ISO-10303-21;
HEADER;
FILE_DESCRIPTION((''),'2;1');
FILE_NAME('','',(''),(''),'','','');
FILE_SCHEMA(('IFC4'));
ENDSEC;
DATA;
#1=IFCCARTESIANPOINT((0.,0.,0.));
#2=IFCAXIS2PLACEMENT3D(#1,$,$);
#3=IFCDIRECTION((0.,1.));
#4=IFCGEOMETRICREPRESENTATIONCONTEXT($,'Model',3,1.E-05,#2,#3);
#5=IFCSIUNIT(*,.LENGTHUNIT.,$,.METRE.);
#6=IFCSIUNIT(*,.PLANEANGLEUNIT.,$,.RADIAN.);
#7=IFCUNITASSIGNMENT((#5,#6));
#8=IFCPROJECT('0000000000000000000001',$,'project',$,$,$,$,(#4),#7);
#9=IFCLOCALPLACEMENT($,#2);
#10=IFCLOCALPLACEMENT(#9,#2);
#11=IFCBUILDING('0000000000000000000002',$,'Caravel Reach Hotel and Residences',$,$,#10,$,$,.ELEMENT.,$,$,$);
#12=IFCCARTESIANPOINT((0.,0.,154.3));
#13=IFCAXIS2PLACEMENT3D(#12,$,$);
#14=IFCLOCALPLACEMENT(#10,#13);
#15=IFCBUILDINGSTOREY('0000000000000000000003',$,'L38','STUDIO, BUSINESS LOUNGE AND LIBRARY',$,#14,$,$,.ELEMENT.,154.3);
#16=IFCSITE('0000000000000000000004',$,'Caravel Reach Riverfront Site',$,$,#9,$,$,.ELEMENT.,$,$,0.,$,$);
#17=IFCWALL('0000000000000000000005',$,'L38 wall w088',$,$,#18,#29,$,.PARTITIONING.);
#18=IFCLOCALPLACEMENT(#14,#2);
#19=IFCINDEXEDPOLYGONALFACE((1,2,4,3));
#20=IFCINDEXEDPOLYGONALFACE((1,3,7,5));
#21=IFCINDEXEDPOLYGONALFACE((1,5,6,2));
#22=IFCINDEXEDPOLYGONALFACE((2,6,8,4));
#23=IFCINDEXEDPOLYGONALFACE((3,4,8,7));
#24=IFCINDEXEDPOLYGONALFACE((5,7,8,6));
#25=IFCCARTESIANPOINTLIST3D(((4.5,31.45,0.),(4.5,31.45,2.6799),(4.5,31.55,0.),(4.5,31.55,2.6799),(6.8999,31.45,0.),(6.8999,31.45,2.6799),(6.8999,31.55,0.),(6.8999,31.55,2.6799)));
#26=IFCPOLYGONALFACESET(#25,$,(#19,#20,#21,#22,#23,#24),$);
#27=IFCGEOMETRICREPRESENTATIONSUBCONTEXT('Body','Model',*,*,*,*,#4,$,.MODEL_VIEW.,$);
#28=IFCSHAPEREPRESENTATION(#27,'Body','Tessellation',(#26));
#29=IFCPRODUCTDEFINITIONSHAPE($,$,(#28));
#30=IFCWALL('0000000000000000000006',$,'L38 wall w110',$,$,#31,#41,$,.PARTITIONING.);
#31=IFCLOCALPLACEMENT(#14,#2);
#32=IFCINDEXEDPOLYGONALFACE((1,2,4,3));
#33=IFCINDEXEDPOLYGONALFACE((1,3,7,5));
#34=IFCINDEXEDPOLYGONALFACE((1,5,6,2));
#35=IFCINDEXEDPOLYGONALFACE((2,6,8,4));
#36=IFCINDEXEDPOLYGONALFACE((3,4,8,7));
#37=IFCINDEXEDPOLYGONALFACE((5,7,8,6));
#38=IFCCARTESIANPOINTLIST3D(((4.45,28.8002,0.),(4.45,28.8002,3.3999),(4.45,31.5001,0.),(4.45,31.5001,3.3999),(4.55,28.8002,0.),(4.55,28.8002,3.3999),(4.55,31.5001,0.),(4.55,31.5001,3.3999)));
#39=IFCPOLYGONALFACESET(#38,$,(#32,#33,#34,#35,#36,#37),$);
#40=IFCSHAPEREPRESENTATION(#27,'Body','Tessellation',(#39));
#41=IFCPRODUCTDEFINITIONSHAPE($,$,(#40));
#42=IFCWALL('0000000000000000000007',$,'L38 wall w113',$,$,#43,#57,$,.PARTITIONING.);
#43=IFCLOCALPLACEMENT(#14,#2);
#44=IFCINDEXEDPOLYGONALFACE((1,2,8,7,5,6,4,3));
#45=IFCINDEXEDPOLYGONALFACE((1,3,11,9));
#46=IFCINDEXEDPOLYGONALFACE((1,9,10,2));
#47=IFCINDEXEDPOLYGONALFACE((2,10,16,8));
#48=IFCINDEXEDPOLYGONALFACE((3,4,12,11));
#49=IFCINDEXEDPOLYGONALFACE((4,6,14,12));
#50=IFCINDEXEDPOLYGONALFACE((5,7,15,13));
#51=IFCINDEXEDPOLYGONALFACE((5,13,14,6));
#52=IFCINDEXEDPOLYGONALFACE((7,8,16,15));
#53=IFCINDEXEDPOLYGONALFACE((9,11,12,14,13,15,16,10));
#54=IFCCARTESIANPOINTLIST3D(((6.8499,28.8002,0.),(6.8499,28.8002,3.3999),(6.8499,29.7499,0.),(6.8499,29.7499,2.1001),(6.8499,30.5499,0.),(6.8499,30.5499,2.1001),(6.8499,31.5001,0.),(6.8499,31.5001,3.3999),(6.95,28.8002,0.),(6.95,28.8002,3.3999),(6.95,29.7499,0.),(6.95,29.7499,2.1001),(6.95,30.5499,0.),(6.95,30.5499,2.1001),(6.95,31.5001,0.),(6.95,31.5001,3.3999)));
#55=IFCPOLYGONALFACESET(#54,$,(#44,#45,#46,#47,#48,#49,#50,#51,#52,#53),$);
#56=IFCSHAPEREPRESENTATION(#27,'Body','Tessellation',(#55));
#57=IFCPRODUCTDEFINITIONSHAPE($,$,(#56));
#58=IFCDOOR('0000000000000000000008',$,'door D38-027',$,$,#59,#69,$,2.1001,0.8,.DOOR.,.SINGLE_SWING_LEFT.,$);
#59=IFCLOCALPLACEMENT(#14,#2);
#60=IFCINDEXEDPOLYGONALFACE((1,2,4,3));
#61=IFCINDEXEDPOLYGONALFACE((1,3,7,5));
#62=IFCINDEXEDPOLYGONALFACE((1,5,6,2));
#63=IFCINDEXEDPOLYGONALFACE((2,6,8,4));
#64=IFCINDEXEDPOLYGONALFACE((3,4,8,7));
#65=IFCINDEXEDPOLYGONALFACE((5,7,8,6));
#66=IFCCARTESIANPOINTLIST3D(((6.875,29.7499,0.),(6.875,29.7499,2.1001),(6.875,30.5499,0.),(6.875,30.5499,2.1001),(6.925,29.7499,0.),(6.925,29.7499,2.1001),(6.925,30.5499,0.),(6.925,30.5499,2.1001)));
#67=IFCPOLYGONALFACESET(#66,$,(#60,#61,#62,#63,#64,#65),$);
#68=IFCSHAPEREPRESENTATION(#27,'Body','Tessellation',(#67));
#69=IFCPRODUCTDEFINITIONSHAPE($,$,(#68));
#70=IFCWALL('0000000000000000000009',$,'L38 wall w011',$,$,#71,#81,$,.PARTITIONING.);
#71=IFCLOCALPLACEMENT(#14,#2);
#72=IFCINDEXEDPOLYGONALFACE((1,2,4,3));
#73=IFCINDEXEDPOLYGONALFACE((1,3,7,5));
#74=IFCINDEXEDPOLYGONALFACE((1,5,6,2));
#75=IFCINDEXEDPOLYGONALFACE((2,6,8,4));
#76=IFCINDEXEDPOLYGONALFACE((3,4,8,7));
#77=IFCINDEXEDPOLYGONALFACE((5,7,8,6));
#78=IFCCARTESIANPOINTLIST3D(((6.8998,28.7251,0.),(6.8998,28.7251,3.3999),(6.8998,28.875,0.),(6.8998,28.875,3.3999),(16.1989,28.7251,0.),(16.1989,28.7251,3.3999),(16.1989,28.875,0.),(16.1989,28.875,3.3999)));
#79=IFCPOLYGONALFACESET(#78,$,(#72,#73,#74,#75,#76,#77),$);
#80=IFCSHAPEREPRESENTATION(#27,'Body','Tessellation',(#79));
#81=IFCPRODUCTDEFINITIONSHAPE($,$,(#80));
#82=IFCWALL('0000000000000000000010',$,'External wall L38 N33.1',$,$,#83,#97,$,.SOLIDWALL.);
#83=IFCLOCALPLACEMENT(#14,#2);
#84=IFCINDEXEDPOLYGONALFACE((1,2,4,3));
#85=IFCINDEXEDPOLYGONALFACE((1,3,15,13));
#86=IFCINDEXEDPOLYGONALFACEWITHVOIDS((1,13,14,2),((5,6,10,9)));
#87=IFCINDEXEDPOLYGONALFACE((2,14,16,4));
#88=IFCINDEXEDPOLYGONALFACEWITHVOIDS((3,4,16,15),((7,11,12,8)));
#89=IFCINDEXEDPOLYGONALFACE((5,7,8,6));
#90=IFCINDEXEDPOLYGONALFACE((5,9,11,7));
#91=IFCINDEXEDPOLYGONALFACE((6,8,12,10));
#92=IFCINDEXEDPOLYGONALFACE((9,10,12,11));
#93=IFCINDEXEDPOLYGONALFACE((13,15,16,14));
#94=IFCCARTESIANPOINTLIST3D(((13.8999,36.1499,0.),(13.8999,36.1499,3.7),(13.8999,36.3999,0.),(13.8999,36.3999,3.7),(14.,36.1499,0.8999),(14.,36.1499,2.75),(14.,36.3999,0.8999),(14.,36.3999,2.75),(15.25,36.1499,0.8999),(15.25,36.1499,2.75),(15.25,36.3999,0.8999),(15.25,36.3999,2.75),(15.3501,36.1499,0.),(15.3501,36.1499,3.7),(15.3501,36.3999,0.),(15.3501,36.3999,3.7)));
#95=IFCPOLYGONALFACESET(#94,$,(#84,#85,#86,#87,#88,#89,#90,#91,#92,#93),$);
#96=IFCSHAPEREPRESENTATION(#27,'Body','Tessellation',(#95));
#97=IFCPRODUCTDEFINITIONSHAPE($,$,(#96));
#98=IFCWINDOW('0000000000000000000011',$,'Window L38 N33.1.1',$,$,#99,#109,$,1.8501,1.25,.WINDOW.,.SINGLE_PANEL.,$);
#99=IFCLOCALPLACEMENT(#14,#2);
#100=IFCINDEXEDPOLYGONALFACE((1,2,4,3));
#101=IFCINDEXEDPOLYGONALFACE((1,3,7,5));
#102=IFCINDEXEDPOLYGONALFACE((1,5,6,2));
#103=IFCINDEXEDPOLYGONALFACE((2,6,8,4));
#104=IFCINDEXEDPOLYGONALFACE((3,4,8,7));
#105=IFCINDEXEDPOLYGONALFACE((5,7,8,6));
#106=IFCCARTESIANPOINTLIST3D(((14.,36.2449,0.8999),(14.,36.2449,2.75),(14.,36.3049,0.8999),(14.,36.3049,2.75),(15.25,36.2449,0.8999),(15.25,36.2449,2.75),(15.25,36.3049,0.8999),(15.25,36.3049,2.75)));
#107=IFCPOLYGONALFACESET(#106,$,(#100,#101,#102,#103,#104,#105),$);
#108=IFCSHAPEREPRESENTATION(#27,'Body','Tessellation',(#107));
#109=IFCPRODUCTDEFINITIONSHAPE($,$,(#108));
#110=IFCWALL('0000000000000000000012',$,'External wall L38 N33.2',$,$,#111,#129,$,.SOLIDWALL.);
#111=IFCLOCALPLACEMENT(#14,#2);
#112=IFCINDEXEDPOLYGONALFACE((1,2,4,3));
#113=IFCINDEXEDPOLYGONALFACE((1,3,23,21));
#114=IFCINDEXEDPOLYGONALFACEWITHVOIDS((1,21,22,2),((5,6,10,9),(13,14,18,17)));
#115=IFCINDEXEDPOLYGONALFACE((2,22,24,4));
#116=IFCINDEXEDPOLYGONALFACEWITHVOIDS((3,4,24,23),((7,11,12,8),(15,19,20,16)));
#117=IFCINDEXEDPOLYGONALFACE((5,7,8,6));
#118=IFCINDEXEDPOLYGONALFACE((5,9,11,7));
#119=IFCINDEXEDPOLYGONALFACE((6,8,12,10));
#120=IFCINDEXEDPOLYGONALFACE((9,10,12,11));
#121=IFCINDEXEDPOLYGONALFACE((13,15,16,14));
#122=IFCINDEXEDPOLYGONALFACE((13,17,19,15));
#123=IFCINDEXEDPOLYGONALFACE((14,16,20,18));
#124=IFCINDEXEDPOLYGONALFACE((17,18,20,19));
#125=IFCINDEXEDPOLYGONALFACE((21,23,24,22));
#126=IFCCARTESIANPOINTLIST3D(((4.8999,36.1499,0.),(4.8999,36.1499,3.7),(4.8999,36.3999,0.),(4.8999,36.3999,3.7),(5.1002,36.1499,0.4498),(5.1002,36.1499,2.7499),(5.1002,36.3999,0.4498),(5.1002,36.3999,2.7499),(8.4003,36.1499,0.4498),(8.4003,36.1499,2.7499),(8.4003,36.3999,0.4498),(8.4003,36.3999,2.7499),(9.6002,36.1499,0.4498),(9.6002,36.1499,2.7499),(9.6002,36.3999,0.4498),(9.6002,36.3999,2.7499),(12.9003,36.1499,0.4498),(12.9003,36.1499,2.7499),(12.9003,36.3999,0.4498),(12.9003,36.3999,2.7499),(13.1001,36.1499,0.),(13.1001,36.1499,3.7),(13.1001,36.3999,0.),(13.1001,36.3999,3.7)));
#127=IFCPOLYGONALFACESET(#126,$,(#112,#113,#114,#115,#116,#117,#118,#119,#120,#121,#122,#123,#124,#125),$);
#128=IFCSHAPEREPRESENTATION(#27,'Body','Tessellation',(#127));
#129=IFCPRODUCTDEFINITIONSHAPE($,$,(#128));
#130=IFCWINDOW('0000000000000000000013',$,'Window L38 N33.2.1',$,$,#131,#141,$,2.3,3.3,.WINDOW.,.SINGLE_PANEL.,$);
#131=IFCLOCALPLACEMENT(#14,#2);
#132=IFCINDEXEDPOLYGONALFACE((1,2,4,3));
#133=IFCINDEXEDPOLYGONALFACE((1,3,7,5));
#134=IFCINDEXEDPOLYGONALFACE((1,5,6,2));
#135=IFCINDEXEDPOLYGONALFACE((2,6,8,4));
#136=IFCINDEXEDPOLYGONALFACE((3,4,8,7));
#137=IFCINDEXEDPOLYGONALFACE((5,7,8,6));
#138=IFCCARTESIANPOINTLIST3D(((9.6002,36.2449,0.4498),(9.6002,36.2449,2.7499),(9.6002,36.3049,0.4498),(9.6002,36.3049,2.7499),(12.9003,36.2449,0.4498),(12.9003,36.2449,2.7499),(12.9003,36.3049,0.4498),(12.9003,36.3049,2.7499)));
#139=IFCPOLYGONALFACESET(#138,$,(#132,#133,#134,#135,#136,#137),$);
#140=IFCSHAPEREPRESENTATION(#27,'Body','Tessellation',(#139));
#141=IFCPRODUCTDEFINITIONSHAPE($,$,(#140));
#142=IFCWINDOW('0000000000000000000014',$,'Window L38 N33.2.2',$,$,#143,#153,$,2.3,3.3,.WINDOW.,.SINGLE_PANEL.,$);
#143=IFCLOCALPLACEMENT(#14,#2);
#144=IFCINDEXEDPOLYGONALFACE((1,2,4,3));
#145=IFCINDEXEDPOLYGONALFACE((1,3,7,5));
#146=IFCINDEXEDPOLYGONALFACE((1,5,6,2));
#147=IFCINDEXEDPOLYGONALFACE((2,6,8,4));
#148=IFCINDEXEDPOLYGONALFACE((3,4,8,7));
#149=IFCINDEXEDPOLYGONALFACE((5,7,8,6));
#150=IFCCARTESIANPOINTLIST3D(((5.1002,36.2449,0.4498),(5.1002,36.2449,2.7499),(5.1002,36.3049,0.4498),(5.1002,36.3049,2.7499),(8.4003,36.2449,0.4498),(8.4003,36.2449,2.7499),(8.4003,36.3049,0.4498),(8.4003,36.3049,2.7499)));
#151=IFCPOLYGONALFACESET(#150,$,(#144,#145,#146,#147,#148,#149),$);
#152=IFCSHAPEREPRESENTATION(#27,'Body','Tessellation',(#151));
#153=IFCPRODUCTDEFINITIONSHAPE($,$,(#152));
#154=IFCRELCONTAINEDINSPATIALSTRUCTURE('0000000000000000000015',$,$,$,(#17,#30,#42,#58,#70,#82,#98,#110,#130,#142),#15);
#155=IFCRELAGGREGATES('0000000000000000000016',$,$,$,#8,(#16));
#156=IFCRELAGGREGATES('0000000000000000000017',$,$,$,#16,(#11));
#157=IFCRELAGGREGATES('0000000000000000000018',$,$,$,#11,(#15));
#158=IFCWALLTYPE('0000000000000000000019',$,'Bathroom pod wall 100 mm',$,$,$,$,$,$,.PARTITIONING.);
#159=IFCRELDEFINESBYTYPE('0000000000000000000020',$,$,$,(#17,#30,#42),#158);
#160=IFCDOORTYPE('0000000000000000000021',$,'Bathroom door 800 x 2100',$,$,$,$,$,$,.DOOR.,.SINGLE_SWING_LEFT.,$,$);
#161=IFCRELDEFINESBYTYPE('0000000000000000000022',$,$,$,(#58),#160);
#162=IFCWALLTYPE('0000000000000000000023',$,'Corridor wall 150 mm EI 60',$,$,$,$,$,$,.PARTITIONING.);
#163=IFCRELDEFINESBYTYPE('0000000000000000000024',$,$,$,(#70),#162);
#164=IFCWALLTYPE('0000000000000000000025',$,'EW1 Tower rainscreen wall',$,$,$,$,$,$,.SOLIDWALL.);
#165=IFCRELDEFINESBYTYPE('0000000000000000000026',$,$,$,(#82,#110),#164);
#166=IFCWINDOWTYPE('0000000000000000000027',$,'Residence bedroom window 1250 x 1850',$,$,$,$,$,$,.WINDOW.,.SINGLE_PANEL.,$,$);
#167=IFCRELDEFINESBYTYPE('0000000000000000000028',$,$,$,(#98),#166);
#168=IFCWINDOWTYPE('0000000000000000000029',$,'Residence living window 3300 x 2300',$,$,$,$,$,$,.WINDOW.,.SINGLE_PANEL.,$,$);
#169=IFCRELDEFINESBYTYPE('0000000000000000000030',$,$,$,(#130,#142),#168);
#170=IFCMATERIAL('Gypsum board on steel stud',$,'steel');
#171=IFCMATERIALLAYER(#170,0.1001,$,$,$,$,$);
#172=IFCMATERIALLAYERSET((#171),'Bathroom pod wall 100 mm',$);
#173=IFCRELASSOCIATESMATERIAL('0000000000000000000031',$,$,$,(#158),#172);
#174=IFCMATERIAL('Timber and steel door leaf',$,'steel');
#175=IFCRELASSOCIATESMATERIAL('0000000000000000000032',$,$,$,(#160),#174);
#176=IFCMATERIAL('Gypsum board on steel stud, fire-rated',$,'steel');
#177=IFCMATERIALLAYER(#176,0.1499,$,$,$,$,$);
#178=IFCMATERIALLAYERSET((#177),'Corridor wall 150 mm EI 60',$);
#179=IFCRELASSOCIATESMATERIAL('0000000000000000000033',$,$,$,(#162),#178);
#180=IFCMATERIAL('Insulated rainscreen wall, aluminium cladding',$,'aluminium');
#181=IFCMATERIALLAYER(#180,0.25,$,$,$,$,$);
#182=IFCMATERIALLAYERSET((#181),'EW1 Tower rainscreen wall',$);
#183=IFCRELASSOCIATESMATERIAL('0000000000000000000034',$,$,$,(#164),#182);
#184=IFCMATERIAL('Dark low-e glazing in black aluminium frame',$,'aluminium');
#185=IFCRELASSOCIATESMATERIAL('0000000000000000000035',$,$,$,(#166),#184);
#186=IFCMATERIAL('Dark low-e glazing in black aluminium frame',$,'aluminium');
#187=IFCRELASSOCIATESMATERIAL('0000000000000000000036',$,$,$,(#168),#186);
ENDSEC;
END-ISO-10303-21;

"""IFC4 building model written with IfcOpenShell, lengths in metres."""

from ifc_helpers import new_model, si_unit, direction, frame, frame_2d, origin, place, context, subcontext, project, spatial, rectangle, extrude, material, layer, layer_set, type_object, element, fill, save


model = new_model("IFC4")

# Units and contexts
model_context = context("Model", 3, precision=1e-05, world=origin(), true_north=direction((0.0, 1.0)))
body_context = subcontext(model_context, "Body", "Model", "MODEL_VIEW")
ifc_project = project(units=[si_unit("LENGTHUNIT", "METRE"), si_unit("PLANEANGLEUNIT", "RADIAN")], contexts=[model_context])

# Site, building, storey
site_placement = place(None, origin())
site = spatial("IfcSite", under=ifc_project, at=site_placement, Name="Caravel Reach Riverfront Site", CompositionType="ELEMENT", RefElevation=0.0)
building_placement = place(site_placement, origin())
building = spatial("IfcBuilding", under=site, at=building_placement, Name="Caravel Reach Hotel and Residences", CompositionType="ELEMENT")
storey_placement = place(building_placement, frame((0.0, 0.0, 154.3)))
storey = spatial("IfcBuildingStorey", under=building, at=storey_placement, Name="L38", Description="STUDIO, BUSINESS LOUNGE AND LIBRARY", CompositionType="ELEMENT", Elevation=154.3)

# Walls
ifc_material_1 = material(Name="Gypsum board on steel stud", Category="steel")
ifc_layer_1 = layer(ifc_material_1, 0.1001)
ifc_layer_set_1 = layer_set([ifc_layer_1], Name="Bathroom pod wall 100 mm")
wall_type_1 = type_object("IfcWallType", Name="Bathroom pod wall 100 mm", PredefinedType="PARTITIONING", material=ifc_layer_set_1)
wall_1_placement = place(storey_placement, frame((4.5, 31.5, 0.0), z_axis=(0.0, 0.0, 1.0), x_axis=(1.0, 0.0, 0.0)))
element("IfcWall", 1, at=wall_1_placement, inside=storey, type_object=wall_type_1, Name="L38 wall w088", PredefinedType="PARTITIONING", context=body_context, shape_type="SweptSolid", body=[
    extrude(rectangle(XDim=2.3999, YDim=0.1001, at=frame_2d((1.2, 0.0))), origin(), (0.0, 0.0, 1.0), 2.6799),
])
wall_2_placement = place(storey_placement, frame((4.5, 28.8, 0.0), z_axis=(0.0, 0.0, 1.0), x_axis=(0.0, 1.0, 0.0)))
element("IfcWall", 2, at=wall_2_placement, inside=storey, type_object=wall_type_1, Name="L38 wall w110", PredefinedType="PARTITIONING", context=body_context, shape_type="SweptSolid", body=[
    extrude(rectangle(XDim=2.7, YDim=0.1001, at=frame_2d((1.3501, 0.0))), origin(), (0.0, 0.0, 1.0), 3.3999),
])

# Wall, opening, door
wall_3_placement = place(storey_placement, frame((6.8999, 28.8, 0.0), z_axis=(0.0, 0.0, 1.0), x_axis=(0.0, 1.0, 0.0)))
wall_3 = element("IfcWall", 3, at=wall_3_placement, inside=storey, type_object=wall_type_1, Name="L38 wall w113", PredefinedType="PARTITIONING", context=body_context, shape_type="SweptSolid", body=[
    extrude(rectangle(XDim=2.7, YDim=0.1001, at=frame_2d((1.3501, 0.0))), origin(), (0.0, 0.0, 1.0), 3.3999),
])
opening_1_placement = place(wall_3_placement, frame((0.95, 0.0, 0.0)))
opening_1 = element("IfcOpeningElement", 4, at=opening_1_placement, cuts=wall_3, PredefinedType="OPENING", context=body_context, shape_type="SweptSolid", body=[
    extrude(rectangle(XDim=0.8, YDim=2.1001, at=frame_2d((0.3999, 1.05))), frame((0.0, 0.0601, 0.0), z_axis=(0.0, -1.0, 0.0), x_axis=(1.0, 0.0, 0.0)), (0.0, 0.0, 1.0), 0.1201),
])
ifc_material_2 = material(Name="Timber and steel door leaf", Category="steel")
door_type_1 = type_object("IfcDoorType", Name="Bathroom door 800 x 2100", OperationType="SINGLE_SWING_LEFT", PredefinedType="DOOR", material=ifc_material_2)
door_1_placement = place(opening_1_placement, origin())
door_1 = element("IfcDoor", 5, at=door_1_placement, inside=storey, type_object=door_type_1, Name="door D38-027", OperationType="SINGLE_SWING_LEFT", OverallHeight=2.1001, OverallWidth=0.8, PredefinedType="DOOR", context=body_context, shape_type="SweptSolid", body=[
    extrude(rectangle(XDim=0.8, YDim=2.1001, at=frame_2d((0.3999, 1.05))), frame((0.0, 0.0249, 0.0), z_axis=(0.0, -1.0, 0.0), x_axis=(1.0, 0.0, 0.0)), (0.0, 0.0, 1.0), 0.05),
])
fill(opening_1, door_1)

# Wall
ifc_material_3 = material(Name="Gypsum board on steel stud, fire-rated", Category="steel")
ifc_layer_2 = layer(ifc_material_3, 0.1499)
ifc_layer_set_2 = layer_set([ifc_layer_2], Name="Corridor wall 150 mm EI 60")
wall_type_2 = type_object("IfcWallType", Name="Corridor wall 150 mm EI 60", PredefinedType="PARTITIONING", material=ifc_layer_set_2)
wall_4_placement = place(storey_placement, frame((6.8999, 28.8, 0.0), z_axis=(0.0, 0.0, 1.0), x_axis=(1.0, 0.0, 0.0)))
element("IfcWall", 6, at=wall_4_placement, inside=storey, type_object=wall_type_2, Name="L38 wall w011", PredefinedType="PARTITIONING", context=body_context, shape_type="SweptSolid", body=[
    extrude(rectangle(XDim=9.2991, YDim=0.1499, at=frame_2d((4.6494, 0.0))), origin(), (0.0, 0.0, 1.0), 3.3999),
])

# Wall, opening, window
ifc_material_4 = material(Name="Insulated rainscreen wall, aluminium cladding", Category="aluminium")
ifc_layer_3 = layer(ifc_material_4, 0.25)
ifc_layer_set_3 = layer_set([ifc_layer_3], Name="EW1 Tower rainscreen wall")
wall_type_3 = type_object("IfcWallType", Name="EW1 Tower rainscreen wall", PredefinedType="SOLIDWALL", material=ifc_layer_set_3)
wall_5_placement = place(storey_placement, frame((15.3501, 36.2749, 0.0), z_axis=(0.0, 0.0, 1.0), x_axis=(-1.0, 0.0, 0.0)))
wall_5 = element("IfcWall", 7, at=wall_5_placement, inside=storey, type_object=wall_type_3, Name="External wall L38 N33.1", PredefinedType="SOLIDWALL", context=body_context, shape_type="SweptSolid", body=[
    extrude(rectangle(XDim=1.4502, YDim=0.25, at=frame_2d((0.7251, 0.0))), origin(), (0.0, 0.0, 1.0), 3.7),
])
opening_2_placement = place(wall_5_placement, frame((0.1001, 0.0, 0.8999)))
opening_2 = element("IfcOpeningElement", 8, at=opening_2_placement, cuts=wall_5, PredefinedType="OPENING", context=body_context, shape_type="SweptSolid", body=[
    extrude(rectangle(XDim=1.25, YDim=1.8501, at=frame_2d((0.625, 0.925))), frame((0.0, 0.135, 0.0), z_axis=(0.0, -1.0, 0.0), x_axis=(1.0, 0.0, 0.0)), (0.0, 0.0, 1.0), 0.27),
])
ifc_material_5 = material(Name="Dark low-e glazing in black aluminium frame", Category="aluminium")
window_type_1 = type_object("IfcWindowType", Name="Residence bedroom window 1250 x 1850", PartitioningType="SINGLE_PANEL", PredefinedType="WINDOW", material=ifc_material_5)
window_1_placement = place(opening_2_placement, origin())
window_1 = element("IfcWindow", 9, at=window_1_placement, inside=storey, type_object=window_type_1, Name="Window L38 N33.1.1", OverallHeight=1.8501, OverallWidth=1.25, PartitioningType="SINGLE_PANEL", PredefinedType="WINDOW", context=body_context, shape_type="SweptSolid", body=[
    extrude(rectangle(XDim=1.25, YDim=1.8501, at=frame_2d((0.625, 0.925))), frame((0.0, 0.03, 0.0), z_axis=(0.0, -1.0, 0.0), x_axis=(1.0, 0.0, 0.0)), (0.0, 0.0, 1.0), 0.0601),
])
fill(opening_2, window_1)

# Wall, openings, windows
wall_6_placement = place(storey_placement, frame((13.1001, 36.2749, 0.0), z_axis=(0.0, 0.0, 1.0), x_axis=(-1.0, 0.0, 0.0)))
wall_6 = element("IfcWall", 10, at=wall_6_placement, inside=storey, type_object=wall_type_3, Name="External wall L38 N33.2", PredefinedType="SOLIDWALL", context=body_context, shape_type="SweptSolid", body=[
    extrude(rectangle(XDim=8.2002, YDim=0.25, at=frame_2d((4.1001, 0.0))), origin(), (0.0, 0.0, 1.0), 3.7),
])
opening_3_placement = place(wall_6_placement, frame((0.2, 0.0, 0.45)))
opening_3 = element("IfcOpeningElement", 11, at=opening_3_placement, cuts=wall_6, PredefinedType="OPENING", context=body_context, shape_type="SweptSolid", body=[
    extrude(rectangle(XDim=3.3, YDim=2.3, at=frame_2d((1.6499, 1.1499))), frame((0.0, 0.135, 0.0), z_axis=(0.0, -1.0, 0.0), x_axis=(1.0, 0.0, 0.0)), (0.0, 0.0, 1.0), 0.27),
])
opening_4_placement = place(wall_6_placement, frame((4.7, 0.0, 0.45)))
opening_4 = element("IfcOpeningElement", 12, at=opening_4_placement, cuts=wall_6, PredefinedType="OPENING", context=body_context, shape_type="SweptSolid", body=[
    extrude(rectangle(XDim=3.3, YDim=2.3, at=frame_2d((1.6499, 1.1499))), frame((0.0, 0.135, 0.0), z_axis=(0.0, -1.0, 0.0), x_axis=(1.0, 0.0, 0.0)), (0.0, 0.0, 1.0), 0.27),
])
ifc_material_6 = material(Name="Dark low-e glazing in black aluminium frame", Category="aluminium")
window_type_2 = type_object("IfcWindowType", Name="Residence living window 3300 x 2300", PartitioningType="SINGLE_PANEL", PredefinedType="WINDOW", material=ifc_material_6)
window_2_placement = place(opening_3_placement, origin())
window_2 = element("IfcWindow", 13, at=window_2_placement, inside=storey, type_object=window_type_2, Name="Window L38 N33.2.1", OverallHeight=2.3, OverallWidth=3.3, PartitioningType="SINGLE_PANEL", PredefinedType="WINDOW", context=body_context, shape_type="SweptSolid", body=[
    extrude(rectangle(XDim=3.3, YDim=2.3, at=frame_2d((1.6499, 1.1499))), frame((0.0, 0.03, 0.0), z_axis=(0.0, -1.0, 0.0), x_axis=(1.0, 0.0, 0.0)), (0.0, 0.0, 1.0), 0.0601),
])
fill(opening_3, window_2)
window_3_placement = place(opening_4_placement, origin())
window_3 = element("IfcWindow", 14, at=window_3_placement, inside=storey, type_object=window_type_2, Name="Window L38 N33.2.2", OverallHeight=2.3, OverallWidth=3.3, PartitioningType="SINGLE_PANEL", PredefinedType="WINDOW", context=body_context, shape_type="SweptSolid", body=[
    extrude(rectangle(XDim=3.3, YDim=2.3, at=frame_2d((1.6499, 1.1499))), frame((0.0, 0.03, 0.0), z_axis=(0.0, -1.0, 0.0), x_axis=(1.0, 0.0, 0.0)), (0.0, 0.0, 1.0), 0.0601),
])
fill(opening_4, window_3)

save(model, "model.ifc")
